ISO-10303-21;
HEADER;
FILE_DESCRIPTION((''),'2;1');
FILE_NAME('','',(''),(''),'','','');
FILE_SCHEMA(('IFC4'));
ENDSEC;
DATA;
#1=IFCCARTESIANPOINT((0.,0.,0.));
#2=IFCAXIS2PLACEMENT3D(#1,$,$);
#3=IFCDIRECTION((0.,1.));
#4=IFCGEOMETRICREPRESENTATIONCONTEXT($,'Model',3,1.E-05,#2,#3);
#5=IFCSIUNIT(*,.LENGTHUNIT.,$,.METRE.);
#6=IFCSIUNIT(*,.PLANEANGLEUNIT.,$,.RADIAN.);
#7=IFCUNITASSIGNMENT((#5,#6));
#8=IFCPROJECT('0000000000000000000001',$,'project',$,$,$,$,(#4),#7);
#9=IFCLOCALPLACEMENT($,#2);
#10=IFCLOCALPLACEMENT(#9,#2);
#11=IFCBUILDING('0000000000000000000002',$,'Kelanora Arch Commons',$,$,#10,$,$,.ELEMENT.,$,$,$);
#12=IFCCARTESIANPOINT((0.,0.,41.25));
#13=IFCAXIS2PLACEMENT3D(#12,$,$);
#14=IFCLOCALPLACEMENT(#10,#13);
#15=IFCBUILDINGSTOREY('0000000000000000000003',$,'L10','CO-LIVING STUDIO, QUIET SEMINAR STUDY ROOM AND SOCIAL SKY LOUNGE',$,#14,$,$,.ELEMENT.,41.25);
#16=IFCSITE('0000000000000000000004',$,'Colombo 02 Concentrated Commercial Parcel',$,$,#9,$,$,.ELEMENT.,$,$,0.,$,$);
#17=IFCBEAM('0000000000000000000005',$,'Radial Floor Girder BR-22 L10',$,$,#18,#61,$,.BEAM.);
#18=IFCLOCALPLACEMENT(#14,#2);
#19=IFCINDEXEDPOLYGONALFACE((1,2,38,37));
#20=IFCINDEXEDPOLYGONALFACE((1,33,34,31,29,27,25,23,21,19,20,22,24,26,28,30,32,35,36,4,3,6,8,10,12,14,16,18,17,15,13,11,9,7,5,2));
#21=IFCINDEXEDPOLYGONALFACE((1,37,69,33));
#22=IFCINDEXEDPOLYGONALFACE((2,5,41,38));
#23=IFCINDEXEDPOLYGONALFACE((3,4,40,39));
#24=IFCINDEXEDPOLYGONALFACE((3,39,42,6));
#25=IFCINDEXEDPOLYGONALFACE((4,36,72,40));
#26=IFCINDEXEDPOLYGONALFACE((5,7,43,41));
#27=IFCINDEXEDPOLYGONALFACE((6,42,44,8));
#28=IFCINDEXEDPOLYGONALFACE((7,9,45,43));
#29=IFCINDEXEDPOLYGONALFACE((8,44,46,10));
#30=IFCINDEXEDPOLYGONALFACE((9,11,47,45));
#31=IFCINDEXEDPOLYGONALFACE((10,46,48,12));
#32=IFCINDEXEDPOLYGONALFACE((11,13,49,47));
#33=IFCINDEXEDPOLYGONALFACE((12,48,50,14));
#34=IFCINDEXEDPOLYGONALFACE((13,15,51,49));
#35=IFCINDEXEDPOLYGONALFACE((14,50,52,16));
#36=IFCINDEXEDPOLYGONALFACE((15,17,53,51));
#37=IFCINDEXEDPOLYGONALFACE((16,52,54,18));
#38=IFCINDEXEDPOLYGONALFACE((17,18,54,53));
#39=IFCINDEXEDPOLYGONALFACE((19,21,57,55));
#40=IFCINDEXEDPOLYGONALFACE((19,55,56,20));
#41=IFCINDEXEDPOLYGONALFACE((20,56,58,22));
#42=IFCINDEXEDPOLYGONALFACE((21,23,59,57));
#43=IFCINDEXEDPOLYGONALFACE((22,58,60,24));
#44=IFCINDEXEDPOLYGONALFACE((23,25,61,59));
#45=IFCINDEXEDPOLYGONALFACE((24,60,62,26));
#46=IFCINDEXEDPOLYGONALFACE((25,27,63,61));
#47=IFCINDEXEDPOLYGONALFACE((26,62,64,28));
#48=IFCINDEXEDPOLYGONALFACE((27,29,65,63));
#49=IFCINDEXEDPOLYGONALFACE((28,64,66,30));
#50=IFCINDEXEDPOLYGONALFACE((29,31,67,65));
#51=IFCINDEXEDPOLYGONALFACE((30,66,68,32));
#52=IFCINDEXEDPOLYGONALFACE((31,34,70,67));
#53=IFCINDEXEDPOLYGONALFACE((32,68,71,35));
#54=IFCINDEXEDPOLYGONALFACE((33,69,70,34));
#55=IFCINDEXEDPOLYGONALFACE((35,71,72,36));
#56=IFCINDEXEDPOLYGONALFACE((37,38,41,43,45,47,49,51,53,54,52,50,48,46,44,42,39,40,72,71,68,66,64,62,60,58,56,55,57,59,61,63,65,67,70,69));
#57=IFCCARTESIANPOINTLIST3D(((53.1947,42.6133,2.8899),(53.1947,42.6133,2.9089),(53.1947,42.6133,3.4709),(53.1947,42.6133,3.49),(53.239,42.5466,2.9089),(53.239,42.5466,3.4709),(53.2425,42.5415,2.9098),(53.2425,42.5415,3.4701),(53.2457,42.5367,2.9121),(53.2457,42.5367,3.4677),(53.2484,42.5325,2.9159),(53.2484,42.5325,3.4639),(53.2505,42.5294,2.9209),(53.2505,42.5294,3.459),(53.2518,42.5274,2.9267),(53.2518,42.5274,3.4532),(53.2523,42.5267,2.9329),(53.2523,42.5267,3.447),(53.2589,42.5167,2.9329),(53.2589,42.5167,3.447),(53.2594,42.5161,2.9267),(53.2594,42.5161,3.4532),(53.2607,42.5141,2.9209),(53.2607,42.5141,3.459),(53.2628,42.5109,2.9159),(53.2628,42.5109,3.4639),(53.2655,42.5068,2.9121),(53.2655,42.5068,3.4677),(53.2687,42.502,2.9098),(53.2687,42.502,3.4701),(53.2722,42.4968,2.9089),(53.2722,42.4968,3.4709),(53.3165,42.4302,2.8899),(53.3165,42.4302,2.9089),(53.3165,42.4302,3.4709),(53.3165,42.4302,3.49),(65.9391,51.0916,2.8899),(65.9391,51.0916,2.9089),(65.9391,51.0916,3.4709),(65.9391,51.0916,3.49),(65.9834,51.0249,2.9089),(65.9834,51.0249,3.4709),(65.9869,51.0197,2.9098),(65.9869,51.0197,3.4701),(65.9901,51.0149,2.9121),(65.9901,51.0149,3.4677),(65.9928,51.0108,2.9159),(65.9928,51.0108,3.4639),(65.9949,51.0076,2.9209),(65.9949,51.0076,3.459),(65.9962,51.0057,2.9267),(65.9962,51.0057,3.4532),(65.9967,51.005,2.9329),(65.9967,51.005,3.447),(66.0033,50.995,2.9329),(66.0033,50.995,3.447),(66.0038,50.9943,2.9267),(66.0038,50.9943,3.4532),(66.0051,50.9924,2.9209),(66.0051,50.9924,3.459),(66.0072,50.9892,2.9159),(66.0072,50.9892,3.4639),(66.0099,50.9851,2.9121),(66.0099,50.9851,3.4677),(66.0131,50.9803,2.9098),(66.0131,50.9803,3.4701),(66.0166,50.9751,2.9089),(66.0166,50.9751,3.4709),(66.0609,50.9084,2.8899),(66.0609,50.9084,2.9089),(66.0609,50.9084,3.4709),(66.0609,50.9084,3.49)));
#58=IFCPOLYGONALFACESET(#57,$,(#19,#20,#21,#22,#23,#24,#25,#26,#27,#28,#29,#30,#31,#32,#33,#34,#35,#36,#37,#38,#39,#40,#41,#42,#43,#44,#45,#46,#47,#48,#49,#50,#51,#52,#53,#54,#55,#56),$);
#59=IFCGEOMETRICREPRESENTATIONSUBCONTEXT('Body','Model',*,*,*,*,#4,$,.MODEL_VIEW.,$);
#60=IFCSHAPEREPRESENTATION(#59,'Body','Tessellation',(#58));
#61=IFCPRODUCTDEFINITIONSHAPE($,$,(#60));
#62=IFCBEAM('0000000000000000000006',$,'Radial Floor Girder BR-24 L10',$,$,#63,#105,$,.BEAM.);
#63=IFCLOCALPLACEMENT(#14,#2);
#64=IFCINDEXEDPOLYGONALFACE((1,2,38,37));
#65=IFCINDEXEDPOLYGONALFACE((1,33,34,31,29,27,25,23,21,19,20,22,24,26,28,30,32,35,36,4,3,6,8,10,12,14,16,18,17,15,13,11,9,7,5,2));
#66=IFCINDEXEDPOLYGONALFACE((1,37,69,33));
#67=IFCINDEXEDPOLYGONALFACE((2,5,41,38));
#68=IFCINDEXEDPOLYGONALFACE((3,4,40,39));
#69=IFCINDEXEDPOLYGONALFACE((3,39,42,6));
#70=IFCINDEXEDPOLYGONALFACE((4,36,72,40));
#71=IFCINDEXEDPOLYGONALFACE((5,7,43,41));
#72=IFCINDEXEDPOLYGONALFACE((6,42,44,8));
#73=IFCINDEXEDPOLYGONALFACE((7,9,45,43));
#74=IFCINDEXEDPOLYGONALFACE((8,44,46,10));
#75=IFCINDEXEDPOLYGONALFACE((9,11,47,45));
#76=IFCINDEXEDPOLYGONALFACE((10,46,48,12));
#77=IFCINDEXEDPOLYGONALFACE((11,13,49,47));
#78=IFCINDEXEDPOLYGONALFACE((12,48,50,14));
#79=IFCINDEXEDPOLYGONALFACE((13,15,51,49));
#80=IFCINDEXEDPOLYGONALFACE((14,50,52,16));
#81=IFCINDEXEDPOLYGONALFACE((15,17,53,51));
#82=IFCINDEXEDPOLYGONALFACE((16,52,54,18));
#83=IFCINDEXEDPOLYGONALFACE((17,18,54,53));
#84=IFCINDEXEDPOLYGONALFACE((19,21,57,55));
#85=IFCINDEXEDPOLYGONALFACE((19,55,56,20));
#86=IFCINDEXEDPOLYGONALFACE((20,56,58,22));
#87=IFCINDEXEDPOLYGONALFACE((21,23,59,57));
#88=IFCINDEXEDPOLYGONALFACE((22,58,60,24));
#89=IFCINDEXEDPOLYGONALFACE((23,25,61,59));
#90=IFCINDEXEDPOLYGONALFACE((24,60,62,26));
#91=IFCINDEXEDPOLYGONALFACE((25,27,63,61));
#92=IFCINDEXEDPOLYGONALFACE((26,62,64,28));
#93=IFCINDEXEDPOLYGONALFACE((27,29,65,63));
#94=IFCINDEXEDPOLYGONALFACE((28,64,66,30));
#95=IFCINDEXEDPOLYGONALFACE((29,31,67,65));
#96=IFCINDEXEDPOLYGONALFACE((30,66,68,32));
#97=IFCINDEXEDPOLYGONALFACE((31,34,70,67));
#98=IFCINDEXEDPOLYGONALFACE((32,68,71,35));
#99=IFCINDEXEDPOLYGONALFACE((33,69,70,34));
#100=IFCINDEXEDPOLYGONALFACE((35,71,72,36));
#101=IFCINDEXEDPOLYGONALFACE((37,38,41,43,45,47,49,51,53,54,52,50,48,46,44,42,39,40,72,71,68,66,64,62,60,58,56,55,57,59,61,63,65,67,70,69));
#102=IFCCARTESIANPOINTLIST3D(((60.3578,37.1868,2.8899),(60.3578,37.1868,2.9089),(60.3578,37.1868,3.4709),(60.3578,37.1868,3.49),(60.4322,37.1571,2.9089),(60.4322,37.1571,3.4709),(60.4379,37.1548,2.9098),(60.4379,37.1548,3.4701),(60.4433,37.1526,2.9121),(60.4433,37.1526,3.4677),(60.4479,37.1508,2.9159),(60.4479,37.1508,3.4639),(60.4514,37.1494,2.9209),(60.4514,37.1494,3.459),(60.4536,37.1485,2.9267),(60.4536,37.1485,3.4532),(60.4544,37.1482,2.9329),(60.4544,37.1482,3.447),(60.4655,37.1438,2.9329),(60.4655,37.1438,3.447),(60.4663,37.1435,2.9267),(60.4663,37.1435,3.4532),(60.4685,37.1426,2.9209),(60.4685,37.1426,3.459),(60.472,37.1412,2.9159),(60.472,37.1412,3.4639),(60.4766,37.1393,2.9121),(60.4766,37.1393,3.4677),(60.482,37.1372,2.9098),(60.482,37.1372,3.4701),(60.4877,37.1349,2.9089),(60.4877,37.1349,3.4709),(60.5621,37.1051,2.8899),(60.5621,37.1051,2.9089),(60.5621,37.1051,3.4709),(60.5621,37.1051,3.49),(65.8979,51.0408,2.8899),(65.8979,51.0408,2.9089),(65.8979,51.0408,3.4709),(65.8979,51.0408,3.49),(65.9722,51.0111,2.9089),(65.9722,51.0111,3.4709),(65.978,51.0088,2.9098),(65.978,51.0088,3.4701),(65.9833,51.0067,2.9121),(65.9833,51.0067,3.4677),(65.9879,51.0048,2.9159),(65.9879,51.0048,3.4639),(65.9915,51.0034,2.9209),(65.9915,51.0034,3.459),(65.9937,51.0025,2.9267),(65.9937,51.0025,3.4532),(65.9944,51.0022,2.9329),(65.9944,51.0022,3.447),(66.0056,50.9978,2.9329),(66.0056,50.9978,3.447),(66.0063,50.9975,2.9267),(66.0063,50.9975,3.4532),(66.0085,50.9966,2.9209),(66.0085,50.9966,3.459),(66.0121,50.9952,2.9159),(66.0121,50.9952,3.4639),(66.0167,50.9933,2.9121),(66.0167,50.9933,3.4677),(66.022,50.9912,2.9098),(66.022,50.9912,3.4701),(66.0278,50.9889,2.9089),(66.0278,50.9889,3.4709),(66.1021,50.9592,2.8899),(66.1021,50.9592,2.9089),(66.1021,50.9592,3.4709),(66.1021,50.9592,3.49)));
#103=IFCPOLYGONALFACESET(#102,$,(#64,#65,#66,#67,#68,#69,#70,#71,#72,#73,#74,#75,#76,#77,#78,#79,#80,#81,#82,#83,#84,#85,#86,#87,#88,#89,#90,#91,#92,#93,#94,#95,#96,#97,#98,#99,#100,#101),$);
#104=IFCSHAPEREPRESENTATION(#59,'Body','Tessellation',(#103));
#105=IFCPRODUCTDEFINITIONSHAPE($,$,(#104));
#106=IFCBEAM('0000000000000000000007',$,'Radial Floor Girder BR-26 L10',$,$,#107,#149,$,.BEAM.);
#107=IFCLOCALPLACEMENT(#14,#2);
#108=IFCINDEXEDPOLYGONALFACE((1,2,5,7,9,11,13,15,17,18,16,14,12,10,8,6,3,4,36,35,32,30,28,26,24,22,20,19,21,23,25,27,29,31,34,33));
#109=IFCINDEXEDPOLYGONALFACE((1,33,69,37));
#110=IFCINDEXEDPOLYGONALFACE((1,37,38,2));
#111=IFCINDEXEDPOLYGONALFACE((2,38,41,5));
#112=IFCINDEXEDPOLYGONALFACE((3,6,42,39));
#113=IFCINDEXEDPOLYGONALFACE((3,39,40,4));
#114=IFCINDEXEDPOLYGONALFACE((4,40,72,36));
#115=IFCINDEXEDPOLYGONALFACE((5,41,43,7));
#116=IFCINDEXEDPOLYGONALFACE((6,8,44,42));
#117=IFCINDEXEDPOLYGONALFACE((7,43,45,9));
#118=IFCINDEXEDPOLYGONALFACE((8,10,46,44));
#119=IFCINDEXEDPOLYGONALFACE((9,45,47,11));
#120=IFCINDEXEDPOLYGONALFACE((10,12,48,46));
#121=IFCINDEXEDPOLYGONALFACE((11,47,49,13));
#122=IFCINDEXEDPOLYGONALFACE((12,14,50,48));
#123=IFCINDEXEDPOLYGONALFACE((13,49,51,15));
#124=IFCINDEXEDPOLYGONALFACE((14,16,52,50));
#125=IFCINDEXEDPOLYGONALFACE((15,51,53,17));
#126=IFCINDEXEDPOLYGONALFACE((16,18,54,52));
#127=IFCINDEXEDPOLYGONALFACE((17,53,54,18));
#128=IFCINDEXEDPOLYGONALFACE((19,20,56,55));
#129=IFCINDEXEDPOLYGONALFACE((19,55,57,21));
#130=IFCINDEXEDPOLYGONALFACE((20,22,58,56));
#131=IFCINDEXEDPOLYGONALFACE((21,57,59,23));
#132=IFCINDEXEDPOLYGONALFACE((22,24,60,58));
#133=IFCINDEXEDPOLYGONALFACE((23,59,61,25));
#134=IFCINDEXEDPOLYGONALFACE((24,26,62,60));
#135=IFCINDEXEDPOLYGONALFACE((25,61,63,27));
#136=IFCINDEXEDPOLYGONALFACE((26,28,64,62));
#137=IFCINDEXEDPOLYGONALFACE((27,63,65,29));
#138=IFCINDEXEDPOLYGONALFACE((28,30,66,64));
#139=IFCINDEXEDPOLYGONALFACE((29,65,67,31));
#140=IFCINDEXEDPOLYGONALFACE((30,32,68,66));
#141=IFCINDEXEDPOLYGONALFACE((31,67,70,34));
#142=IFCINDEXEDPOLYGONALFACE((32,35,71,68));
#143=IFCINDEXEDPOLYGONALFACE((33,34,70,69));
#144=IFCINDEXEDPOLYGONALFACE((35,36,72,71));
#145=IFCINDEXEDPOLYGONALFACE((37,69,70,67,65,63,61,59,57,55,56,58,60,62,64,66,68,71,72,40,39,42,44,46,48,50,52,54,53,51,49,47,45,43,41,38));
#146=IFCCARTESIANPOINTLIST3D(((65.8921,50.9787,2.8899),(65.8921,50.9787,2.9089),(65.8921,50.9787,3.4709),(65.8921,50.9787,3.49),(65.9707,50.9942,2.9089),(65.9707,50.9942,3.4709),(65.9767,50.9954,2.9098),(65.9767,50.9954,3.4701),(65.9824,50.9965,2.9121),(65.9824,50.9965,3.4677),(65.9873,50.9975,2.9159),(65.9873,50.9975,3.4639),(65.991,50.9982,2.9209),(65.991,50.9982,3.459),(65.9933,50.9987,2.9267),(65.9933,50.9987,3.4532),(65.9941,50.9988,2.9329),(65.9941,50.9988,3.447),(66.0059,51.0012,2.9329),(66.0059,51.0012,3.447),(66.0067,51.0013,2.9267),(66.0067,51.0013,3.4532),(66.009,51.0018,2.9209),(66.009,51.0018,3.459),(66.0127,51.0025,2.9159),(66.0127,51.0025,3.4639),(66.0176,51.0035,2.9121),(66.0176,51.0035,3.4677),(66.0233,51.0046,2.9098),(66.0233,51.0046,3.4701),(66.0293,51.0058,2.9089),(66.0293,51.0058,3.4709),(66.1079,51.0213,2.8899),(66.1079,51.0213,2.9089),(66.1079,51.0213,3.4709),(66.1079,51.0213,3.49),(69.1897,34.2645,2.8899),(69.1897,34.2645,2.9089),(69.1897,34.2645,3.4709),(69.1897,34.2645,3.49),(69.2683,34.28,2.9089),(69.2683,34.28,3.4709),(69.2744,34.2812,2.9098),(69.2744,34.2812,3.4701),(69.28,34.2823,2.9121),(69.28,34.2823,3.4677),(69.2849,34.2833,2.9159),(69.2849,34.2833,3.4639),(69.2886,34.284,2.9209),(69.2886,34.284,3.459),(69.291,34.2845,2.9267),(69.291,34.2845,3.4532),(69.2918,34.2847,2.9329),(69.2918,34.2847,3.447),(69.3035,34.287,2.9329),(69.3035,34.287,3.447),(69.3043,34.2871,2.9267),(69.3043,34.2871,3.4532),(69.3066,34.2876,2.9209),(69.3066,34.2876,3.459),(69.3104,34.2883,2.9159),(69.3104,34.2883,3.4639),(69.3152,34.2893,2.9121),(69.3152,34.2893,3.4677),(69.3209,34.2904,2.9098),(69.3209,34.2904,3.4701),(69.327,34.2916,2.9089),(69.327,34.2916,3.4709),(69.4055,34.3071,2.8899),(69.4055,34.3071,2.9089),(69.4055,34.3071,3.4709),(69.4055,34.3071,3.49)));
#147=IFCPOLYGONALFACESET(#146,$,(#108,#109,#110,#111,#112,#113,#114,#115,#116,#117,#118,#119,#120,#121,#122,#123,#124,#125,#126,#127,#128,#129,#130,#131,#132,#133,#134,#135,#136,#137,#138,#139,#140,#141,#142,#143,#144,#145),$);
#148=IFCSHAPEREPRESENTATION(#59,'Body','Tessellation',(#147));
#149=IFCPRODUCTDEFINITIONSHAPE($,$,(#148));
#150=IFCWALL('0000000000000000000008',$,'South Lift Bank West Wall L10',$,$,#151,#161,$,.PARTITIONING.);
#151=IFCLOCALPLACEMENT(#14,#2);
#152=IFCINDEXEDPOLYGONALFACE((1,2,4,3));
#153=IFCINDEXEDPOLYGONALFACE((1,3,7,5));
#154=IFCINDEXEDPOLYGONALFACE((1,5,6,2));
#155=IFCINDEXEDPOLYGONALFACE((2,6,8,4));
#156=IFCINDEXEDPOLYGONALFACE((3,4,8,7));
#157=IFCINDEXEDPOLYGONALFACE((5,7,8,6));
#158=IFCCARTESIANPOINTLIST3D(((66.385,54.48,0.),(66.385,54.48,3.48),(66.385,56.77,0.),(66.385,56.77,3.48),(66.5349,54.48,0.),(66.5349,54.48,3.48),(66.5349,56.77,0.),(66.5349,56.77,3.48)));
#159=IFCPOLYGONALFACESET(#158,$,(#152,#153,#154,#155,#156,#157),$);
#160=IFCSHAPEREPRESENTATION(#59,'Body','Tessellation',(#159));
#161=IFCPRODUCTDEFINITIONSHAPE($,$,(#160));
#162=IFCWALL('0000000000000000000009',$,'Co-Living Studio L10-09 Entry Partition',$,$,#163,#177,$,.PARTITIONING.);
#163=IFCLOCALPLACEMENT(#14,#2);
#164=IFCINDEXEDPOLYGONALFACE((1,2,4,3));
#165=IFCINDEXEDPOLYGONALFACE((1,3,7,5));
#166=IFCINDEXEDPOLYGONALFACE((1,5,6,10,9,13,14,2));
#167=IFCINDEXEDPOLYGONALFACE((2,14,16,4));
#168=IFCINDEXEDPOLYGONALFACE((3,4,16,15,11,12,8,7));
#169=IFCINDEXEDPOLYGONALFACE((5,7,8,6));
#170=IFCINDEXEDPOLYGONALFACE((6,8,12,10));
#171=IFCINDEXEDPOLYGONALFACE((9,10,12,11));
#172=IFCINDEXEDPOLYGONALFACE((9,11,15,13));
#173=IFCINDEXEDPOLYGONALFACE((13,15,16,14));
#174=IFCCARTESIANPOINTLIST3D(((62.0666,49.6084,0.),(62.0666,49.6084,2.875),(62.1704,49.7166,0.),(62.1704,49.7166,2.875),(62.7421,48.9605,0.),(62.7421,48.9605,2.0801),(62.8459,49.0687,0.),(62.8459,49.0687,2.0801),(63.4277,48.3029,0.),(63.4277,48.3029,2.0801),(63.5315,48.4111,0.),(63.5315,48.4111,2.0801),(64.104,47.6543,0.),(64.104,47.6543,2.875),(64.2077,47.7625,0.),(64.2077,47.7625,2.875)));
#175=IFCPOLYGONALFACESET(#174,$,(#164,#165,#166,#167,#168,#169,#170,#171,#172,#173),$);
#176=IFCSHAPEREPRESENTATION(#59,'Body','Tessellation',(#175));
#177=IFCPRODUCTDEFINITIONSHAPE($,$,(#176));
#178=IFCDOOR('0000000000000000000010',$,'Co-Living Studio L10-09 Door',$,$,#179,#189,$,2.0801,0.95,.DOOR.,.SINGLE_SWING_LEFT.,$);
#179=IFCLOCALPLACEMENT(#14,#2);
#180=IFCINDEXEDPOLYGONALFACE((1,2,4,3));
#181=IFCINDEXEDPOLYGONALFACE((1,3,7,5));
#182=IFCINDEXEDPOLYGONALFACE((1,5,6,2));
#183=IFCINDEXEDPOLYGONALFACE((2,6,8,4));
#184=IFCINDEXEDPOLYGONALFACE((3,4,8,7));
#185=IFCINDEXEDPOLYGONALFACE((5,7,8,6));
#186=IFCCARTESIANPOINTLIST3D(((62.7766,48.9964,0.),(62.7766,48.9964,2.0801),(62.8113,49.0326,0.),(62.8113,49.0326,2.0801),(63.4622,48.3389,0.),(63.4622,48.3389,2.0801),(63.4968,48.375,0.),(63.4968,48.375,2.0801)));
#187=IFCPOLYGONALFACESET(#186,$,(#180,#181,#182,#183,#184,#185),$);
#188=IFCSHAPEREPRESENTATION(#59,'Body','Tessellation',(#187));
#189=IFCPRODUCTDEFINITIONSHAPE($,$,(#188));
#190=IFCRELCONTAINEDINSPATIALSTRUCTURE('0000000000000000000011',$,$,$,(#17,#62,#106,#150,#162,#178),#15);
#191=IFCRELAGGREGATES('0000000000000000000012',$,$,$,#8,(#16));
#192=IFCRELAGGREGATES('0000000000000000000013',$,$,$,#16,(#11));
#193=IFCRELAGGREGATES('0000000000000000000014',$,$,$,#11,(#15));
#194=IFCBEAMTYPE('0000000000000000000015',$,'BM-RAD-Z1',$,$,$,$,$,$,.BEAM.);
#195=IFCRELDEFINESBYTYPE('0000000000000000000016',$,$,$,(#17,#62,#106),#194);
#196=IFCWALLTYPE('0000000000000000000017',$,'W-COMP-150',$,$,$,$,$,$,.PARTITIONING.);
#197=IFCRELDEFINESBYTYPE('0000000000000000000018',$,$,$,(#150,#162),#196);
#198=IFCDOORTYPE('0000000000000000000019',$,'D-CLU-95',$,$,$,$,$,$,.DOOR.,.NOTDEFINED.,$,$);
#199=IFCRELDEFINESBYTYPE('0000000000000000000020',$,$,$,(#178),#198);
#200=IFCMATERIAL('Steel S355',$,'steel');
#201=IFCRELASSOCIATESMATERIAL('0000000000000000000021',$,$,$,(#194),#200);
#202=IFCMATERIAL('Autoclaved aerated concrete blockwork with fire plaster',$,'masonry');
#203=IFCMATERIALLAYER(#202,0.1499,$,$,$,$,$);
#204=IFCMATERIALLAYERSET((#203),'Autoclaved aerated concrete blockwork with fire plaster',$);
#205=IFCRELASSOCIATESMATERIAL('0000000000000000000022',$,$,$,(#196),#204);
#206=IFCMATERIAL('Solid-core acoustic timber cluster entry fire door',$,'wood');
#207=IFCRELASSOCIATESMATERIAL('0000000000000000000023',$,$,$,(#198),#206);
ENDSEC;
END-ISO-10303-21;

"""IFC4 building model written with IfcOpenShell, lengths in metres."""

from ifc_helpers import new_model, si_unit, direction, frame, frame_2d, origin, origin_2d, place, context, subcontext, project, spatial, rectangle, i_section, extrude, material, layer, layer_set, material_profile, profile_set, type_object, element, fill, save


model = new_model("IFC4")

# Units and contexts
model_context = context("Model", 3, precision=1e-05, world=origin(), true_north=direction((0.0, 1.0)))
body_context = subcontext(model_context, "Body", "Model", "MODEL_VIEW")
ifc_project = project(units=[si_unit("LENGTHUNIT", "METRE"), si_unit("PLANEANGLEUNIT", "RADIAN")], contexts=[model_context])

# Site, building, storey
site_placement = place(None, origin())
site = spatial("IfcSite", under=ifc_project, at=site_placement, Name="Colombo 02 Concentrated Commercial Parcel", CompositionType="ELEMENT", RefElevation=0.0)
building_placement = place(site_placement, origin())
building = spatial("IfcBuilding", under=site, at=building_placement, Name="Kelanora Arch Commons", CompositionType="ELEMENT")
storey_placement = place(building_placement, frame((0.0, 0.0, 41.25)))
storey = spatial("IfcBuildingStorey", under=building, at=storey_placement, Name="L10", Description="CO-LIVING STUDIO, QUIET SEMINAR STUDY ROOM AND SOCIAL SKY LOUNGE", CompositionType="ELEMENT", Elevation=41.25)

# Beams
ifc_material_1 = material(Name="Steel S355", Category="steel")
ifc_material_profile_1 = material_profile(ifc_material_1, i_section(OverallWidth=0.22, OverallDepth=0.6001, WebThickness=0.012, FlangeThickness=0.019, FilletRadius=0.0239, at=origin_2d()), Name="IPE600")
ifc_profile_set_1 = profile_set([ifc_material_profile_1], Name="Steel S355")
beam_type_1 = type_object("IfcBeamType", Name="BM-RAD-Z1", PredefinedType="BEAM", material=ifc_profile_set_1)
beam_1_placement = place(storey_placement, frame((66.0, 51.0, 3.1899), z_axis=(-0.832592, -0.553886, 0.0), x_axis=(0.553886, -0.832592, 0.0)))
element("IfcBeam", 1, at=beam_1_placement, inside=storey, type_object=beam_type_1, Name="Radial Floor Girder BR-22 L10", PredefinedType="BEAM", context=body_context, shape_type="SweptSolid", body=[
    extrude(i_section(OverallWidth=0.22, OverallDepth=0.6001, WebThickness=0.012, FlangeThickness=0.019, FilletRadius=0.0239, at=origin_2d()), origin(), (0.0, 0.0, 1.0), 15.3069),
])
beam_2_placement = place(storey_placement, frame((66.0, 51.0, 3.1899), z_axis=(-0.3713, -0.928513, 0.0), x_axis=(0.928513, -0.3713, 0.0)))
element("IfcBeam", 2, at=beam_2_placement, inside=storey, type_object=beam_type_1, Name="Radial Floor Girder BR-24 L10", PredefinedType="BEAM", context=body_context, shape_type="SweptSolid", body=[
    extrude(i_section(OverallWidth=0.22, OverallDepth=0.6001, WebThickness=0.012, FlangeThickness=0.019, FilletRadius=0.0239, at=origin_2d()), origin(), (0.0, 0.0, 1.0), 14.9207),
])
beam_3_placement = place(storey_placement, frame((66.0, 51.0, 3.1899), z_axis=(0.193564, -0.981088, 0.0), x_axis=(0.981088, 0.193564, 0.0)))
element("IfcBeam", 3, at=beam_3_placement, inside=storey, type_object=beam_type_1, Name="Radial Floor Girder BR-26 L10", PredefinedType="BEAM", context=body_context, shape_type="SweptSolid", body=[
    extrude(i_section(OverallWidth=0.22, OverallDepth=0.6001, WebThickness=0.012, FlangeThickness=0.019, FilletRadius=0.0239, at=origin_2d()), origin(), (0.0, 0.0, 1.0), 17.0364),
])

# Wall
ifc_material_2 = material(Name="Autoclaved aerated concrete blockwork with fire plaster", Category="masonry")
ifc_layer_1 = layer(ifc_material_2, 0.1499)
ifc_layer_set_1 = layer_set([ifc_layer_1], Name="Autoclaved aerated concrete blockwork with fire plaster")
wall_type_1 = type_object("IfcWallType", Name="W-COMP-150", PredefinedType="PARTITIONING", material=ifc_layer_set_1)
wall_1_placement = place(storey_placement, frame((66.46, 54.48, 0.0), z_axis=(0.0, 0.0, 1.0), x_axis=(0.0, 1.0, 0.0)))
element("IfcWall", 4, at=wall_1_placement, inside=storey, type_object=wall_type_1, Name="South Lift Bank West Wall L10", PredefinedType="PARTITIONING", context=body_context, shape_type="SweptSolid", body=[
    extrude(rectangle(XDim=2.29, YDim=0.1499, at=frame_2d((1.145, 0.0))), origin(), (0.0, 0.0, 1.0), 3.48),
])

# Wall, opening, door
wall_2_placement = place(storey_placement, frame((62.1184, 49.6626, 0.0), z_axis=(0.0, 0.0, 1.0), x_axis=(0.721698, -0.692208, 0.0)))
wall_2 = element("IfcWall", 5, at=wall_2_placement, inside=storey, type_object=wall_type_1, Name="Co-Living Studio L10-09 Entry Partition", PredefinedType="PARTITIONING", context=body_context, shape_type="SweptSolid", body=[
    extrude(rectangle(XDim=2.823, YDim=0.1499, at=frame_2d((1.4116, 0.0))), origin(), (0.0, 0.0, 1.0), 2.875),
])
opening_1_placement = place(wall_2_placement, frame((0.936, 0.0, 0.0)))
opening_1 = element("IfcOpeningElement", 6, at=opening_1_placement, cuts=wall_2, PredefinedType="OPENING", context=body_context, shape_type="SweptSolid", body=[
    extrude(rectangle(XDim=0.95, YDim=2.0801, at=frame_2d((0.4751, 1.04))), frame((0.0, 0.085, 0.0), z_axis=(0.0, -1.0, 0.0), x_axis=(1.0, 0.0, 0.0)), (0.0, 0.0, 1.0), 0.1699),
])
ifc_material_3 = material(Name="Solid-core acoustic timber cluster entry fire door", Category="wood")
door_type_1 = type_object("IfcDoorType", Name="D-CLU-95", OperationType="NOTDEFINED", PredefinedType="DOOR", material=ifc_material_3)
door_1_placement = place(opening_1_placement, origin())
door_1 = element("IfcDoor", 7, at=door_1_placement, inside=storey, type_object=door_type_1, Name="Co-Living Studio L10-09 Door", OperationType="SINGLE_SWING_LEFT", OverallHeight=2.0801, OverallWidth=0.95, PredefinedType="DOOR", context=body_context, shape_type="SweptSolid", body=[
    extrude(rectangle(XDim=0.95, YDim=2.0801, at=frame_2d((0.4751, 1.04))), frame((0.0, 0.0249, 0.0), z_axis=(0.0, -1.0, 0.0), x_axis=(1.0, 0.0, 0.0)), (0.0, 0.0, 1.0), 0.05),
])
fill(opening_1, door_1)

save(model, "model.ifc")
